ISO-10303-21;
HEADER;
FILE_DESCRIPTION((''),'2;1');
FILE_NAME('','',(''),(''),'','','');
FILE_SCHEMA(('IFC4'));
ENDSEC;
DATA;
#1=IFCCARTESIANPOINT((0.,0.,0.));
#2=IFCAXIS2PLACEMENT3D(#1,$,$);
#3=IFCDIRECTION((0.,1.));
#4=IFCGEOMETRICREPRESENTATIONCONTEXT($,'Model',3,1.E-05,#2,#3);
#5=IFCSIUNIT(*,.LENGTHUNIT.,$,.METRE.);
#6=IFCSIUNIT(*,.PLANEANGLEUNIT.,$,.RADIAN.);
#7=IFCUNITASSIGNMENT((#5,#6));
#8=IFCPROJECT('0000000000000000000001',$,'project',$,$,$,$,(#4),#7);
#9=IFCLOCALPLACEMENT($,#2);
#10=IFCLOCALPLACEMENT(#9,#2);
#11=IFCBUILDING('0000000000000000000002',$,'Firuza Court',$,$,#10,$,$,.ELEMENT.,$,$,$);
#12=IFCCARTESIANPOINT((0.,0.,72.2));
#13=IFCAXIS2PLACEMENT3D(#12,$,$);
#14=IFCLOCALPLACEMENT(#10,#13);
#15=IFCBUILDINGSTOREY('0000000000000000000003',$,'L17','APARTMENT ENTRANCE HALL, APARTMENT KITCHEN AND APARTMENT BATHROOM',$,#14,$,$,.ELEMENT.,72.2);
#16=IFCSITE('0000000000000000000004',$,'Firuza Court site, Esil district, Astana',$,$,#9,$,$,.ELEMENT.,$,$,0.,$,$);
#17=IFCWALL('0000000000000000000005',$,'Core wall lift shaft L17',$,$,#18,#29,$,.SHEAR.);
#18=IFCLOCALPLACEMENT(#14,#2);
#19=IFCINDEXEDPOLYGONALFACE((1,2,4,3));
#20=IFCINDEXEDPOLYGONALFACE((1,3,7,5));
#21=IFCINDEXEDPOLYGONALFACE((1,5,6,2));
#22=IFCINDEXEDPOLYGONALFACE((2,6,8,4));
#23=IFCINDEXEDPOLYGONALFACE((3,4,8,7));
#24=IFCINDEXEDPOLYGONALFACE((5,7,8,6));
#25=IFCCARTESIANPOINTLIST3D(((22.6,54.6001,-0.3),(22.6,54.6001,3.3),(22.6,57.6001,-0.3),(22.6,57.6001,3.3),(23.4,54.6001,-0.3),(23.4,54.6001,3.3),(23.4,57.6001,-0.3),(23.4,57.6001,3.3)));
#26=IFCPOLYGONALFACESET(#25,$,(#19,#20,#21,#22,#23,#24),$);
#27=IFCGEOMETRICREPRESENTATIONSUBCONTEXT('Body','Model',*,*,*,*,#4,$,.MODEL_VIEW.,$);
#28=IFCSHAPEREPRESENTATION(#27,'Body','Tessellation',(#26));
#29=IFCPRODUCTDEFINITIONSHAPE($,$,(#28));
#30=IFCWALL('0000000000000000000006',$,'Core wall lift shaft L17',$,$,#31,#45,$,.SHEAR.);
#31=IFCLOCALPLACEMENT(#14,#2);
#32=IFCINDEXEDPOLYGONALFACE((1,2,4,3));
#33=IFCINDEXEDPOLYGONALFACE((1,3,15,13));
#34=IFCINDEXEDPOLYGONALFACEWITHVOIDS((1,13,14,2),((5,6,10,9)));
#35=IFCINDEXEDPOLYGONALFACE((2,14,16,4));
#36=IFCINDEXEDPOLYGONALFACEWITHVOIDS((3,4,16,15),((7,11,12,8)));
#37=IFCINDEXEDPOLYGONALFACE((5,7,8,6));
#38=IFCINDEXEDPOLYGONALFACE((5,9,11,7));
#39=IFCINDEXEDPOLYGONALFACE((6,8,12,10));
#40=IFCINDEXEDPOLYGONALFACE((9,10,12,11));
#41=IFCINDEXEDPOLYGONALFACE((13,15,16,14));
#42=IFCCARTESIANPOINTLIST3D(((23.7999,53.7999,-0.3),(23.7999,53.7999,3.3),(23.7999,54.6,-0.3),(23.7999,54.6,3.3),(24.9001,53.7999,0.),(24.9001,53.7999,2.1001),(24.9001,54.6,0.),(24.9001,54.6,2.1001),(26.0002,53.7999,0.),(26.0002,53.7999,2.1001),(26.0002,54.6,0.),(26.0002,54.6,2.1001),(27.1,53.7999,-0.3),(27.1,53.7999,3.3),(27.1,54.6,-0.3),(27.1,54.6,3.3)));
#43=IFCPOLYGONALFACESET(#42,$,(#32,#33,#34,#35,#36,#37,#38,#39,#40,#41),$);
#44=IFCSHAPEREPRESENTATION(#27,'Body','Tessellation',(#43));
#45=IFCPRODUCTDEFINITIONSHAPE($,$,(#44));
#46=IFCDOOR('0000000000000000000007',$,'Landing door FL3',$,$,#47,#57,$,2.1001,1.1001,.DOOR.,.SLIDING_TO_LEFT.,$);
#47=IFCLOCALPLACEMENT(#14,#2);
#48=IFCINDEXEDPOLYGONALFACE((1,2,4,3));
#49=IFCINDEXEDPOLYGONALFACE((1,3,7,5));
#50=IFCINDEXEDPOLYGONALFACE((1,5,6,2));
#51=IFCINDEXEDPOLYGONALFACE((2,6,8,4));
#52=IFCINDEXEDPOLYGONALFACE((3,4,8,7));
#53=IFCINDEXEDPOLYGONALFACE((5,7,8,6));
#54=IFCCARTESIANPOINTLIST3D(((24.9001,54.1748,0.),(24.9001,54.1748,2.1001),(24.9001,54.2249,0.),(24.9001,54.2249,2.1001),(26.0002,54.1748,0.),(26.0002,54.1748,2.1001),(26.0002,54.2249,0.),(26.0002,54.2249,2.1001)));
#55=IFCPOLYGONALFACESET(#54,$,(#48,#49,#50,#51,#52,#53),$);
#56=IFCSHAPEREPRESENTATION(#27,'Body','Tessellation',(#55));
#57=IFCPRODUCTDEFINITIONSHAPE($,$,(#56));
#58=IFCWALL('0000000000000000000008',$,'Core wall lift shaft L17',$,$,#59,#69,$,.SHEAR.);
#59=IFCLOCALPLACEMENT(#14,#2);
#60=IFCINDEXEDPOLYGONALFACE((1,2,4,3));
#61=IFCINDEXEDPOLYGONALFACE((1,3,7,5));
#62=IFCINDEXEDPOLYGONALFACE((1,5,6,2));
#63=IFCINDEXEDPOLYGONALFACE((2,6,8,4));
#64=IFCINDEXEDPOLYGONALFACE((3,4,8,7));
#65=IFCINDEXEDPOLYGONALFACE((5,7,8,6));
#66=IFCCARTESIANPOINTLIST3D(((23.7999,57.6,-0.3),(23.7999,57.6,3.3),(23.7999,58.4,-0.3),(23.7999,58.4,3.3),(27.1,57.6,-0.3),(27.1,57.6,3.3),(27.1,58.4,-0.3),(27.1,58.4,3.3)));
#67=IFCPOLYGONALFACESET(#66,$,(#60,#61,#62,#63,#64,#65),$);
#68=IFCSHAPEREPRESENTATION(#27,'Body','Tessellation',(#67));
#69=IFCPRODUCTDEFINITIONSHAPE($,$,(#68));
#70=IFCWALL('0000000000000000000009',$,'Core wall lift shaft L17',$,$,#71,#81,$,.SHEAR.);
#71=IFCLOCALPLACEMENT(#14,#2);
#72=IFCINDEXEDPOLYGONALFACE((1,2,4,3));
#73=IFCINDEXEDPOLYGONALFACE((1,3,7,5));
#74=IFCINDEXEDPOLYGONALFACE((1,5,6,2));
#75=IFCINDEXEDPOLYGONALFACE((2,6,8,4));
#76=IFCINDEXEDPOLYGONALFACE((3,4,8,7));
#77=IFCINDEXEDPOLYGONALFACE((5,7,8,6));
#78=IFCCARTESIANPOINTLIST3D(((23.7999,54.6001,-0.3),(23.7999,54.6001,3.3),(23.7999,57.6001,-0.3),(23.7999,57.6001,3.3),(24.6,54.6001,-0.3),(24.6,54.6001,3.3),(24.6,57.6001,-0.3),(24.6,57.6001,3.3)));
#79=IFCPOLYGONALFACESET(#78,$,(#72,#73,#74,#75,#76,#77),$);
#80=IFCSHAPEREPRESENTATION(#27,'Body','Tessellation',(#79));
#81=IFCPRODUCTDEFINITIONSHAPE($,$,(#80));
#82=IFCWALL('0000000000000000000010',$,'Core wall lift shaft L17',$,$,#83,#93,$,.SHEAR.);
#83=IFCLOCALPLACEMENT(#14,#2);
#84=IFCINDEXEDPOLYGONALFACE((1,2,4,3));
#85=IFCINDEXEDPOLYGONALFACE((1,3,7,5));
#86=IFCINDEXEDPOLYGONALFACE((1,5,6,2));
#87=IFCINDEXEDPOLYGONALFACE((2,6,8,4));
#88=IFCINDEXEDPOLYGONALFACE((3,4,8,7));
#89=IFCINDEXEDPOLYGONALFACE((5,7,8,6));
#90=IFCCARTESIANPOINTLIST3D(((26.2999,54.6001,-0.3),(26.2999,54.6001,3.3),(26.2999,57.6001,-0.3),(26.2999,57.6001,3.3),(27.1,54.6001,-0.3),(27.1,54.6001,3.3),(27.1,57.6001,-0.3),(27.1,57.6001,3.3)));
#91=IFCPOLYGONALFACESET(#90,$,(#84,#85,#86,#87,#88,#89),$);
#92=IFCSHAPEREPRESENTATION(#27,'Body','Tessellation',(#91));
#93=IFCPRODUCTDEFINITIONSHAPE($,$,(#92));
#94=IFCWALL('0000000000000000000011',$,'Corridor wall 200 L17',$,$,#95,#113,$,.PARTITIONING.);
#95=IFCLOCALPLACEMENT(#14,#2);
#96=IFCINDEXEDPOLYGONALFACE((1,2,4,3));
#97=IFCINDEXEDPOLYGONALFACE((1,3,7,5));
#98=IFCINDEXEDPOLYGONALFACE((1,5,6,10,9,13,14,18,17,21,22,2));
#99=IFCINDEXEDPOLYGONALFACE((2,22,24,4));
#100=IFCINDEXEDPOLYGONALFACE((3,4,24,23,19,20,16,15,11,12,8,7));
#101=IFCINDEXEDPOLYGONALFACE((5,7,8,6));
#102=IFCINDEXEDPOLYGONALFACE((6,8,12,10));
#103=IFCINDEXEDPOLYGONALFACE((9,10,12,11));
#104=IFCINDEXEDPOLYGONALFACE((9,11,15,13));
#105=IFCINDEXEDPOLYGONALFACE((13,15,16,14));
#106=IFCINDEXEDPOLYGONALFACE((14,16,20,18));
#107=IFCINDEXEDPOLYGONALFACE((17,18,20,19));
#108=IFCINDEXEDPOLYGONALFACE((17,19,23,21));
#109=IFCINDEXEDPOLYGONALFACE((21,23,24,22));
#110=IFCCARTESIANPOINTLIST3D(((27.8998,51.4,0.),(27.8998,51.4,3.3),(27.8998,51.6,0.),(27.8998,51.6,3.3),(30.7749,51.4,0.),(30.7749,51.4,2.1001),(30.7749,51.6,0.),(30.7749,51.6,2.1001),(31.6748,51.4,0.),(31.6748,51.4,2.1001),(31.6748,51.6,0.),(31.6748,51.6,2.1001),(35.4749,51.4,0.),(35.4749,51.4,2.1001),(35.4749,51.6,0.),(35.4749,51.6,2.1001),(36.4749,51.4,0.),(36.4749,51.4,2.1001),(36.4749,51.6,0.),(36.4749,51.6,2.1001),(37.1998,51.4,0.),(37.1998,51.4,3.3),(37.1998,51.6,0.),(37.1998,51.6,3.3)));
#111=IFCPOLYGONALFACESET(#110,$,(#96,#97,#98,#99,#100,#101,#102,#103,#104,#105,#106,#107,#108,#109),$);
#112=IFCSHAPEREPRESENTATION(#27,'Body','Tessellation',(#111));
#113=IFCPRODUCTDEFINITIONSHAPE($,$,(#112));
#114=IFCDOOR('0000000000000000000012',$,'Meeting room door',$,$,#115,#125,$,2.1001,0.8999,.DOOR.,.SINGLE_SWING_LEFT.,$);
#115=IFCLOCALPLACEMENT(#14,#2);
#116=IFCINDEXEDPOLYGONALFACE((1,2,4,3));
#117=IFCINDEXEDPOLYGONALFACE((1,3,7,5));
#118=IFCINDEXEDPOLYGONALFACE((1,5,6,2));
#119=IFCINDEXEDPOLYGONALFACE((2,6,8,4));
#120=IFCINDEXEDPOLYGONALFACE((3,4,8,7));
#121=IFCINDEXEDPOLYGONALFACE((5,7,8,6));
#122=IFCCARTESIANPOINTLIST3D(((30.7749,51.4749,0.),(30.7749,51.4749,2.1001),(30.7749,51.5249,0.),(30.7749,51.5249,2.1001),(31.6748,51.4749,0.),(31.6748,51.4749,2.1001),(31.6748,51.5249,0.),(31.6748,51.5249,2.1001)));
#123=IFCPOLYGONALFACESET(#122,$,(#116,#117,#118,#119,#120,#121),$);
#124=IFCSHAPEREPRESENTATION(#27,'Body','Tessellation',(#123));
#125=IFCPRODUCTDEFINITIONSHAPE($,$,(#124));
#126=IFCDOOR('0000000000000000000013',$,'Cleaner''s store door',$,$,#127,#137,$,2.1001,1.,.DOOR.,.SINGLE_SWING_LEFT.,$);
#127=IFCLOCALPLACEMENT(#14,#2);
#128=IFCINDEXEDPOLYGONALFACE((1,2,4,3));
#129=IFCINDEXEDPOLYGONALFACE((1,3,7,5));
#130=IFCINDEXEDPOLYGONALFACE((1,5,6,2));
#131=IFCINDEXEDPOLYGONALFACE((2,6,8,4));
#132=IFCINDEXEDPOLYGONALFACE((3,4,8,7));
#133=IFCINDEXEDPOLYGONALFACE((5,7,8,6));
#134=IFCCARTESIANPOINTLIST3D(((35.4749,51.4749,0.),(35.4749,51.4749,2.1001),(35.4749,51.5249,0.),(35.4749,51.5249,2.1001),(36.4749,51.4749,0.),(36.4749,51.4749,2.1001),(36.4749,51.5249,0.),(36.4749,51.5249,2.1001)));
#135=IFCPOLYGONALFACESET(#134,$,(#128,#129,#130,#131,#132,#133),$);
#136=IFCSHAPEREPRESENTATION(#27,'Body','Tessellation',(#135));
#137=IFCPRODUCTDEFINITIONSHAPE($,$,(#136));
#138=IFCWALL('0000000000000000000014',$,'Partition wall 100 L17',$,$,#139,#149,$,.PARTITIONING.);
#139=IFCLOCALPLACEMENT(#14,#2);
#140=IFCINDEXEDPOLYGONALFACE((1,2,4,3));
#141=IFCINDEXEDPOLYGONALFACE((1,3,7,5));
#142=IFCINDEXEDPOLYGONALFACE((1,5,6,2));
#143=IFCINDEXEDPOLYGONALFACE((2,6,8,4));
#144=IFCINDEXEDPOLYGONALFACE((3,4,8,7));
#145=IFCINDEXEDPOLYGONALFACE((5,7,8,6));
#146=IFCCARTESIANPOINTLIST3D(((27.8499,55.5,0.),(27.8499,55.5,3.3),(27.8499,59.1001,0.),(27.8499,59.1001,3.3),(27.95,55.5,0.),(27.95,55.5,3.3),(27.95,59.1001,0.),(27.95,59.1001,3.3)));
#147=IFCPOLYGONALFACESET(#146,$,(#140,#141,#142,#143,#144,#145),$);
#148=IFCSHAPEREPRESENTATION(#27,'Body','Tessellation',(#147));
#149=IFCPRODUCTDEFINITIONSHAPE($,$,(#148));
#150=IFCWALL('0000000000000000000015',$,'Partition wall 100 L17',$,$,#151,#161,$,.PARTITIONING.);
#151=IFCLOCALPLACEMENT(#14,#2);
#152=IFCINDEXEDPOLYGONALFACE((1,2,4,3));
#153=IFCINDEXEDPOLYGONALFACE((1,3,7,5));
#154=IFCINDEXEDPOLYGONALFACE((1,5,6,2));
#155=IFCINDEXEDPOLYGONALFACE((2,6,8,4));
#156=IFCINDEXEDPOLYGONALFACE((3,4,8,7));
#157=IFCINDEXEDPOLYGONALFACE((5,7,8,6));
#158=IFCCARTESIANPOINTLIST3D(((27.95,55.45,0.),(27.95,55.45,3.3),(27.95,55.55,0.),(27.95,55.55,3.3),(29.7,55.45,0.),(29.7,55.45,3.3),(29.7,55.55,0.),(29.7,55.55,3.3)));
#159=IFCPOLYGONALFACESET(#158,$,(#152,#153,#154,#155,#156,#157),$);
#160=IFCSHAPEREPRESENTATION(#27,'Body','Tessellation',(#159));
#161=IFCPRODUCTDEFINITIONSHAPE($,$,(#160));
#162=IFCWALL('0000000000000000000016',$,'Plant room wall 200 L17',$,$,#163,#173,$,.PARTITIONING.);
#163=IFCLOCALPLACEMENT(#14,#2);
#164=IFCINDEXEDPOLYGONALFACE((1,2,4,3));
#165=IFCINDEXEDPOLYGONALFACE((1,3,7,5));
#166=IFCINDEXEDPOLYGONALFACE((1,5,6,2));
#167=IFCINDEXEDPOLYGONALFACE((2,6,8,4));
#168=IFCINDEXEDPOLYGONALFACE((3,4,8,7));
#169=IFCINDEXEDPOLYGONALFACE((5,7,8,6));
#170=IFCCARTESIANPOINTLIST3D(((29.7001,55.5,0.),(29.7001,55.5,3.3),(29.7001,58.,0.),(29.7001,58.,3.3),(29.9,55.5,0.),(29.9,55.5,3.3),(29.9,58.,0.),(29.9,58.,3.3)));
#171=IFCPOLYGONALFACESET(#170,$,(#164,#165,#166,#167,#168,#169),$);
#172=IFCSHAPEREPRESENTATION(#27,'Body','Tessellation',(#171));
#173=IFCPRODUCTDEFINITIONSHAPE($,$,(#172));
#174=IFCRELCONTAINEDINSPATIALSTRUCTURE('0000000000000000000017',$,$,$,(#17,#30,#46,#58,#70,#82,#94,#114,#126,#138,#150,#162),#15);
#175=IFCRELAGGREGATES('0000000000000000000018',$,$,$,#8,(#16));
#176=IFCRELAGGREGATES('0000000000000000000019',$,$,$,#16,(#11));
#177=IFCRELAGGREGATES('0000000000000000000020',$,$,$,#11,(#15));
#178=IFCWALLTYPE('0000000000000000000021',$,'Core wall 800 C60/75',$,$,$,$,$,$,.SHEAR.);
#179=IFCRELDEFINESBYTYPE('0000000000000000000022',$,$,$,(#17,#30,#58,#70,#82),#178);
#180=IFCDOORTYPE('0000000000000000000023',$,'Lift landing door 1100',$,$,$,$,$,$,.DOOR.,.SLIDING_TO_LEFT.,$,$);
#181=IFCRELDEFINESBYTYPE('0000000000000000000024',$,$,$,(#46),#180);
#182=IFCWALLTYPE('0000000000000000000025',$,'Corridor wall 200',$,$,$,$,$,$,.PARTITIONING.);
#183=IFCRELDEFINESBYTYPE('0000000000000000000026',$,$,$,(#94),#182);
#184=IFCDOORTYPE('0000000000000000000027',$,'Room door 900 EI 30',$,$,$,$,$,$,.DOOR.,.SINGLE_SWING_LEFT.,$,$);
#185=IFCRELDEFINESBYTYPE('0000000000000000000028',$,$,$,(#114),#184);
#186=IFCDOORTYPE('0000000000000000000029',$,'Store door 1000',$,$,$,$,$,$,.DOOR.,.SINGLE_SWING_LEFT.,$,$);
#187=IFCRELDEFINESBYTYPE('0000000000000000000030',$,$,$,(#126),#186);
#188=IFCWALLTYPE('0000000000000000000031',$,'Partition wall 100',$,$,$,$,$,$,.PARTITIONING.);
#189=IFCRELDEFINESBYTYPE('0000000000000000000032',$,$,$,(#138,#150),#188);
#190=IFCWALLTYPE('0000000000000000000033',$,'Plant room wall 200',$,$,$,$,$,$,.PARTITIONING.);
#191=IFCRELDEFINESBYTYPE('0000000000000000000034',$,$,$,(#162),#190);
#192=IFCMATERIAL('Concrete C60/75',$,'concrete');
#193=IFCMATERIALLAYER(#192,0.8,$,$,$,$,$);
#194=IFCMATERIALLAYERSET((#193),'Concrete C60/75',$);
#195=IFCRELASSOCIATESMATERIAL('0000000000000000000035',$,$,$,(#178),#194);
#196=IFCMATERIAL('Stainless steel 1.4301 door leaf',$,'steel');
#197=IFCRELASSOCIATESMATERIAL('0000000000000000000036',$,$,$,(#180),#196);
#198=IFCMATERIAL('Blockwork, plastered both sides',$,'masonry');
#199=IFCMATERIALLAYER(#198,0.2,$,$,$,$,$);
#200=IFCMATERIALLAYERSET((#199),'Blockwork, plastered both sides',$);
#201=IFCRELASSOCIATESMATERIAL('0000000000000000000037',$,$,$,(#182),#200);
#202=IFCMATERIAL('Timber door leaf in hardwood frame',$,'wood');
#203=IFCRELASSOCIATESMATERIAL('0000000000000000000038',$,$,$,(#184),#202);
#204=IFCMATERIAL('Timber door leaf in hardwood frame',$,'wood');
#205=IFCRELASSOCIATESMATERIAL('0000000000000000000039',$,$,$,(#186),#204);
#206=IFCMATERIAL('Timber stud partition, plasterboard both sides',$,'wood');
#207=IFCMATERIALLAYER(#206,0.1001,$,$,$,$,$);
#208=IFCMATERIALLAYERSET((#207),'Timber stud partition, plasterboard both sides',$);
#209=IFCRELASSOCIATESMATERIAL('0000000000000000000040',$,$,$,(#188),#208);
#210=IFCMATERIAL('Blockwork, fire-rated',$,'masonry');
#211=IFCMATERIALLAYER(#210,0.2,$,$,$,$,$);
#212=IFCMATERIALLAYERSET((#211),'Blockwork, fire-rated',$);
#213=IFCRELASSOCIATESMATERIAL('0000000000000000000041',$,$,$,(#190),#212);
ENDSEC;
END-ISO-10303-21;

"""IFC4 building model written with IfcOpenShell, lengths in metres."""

from ifc_helpers import new_model, si_unit, direction, frame, frame_2d, origin, place, context, subcontext, project, spatial, rectangle, extrude, material, layer, layer_set, type_object, element, fill, save


model = new_model("IFC4")

# Units and contexts
model_context = context("Model", 3, precision=1e-05, world=origin(), true_north=direction((0.0, 1.0)))
body_context = subcontext(model_context, "Body", "Model", "MODEL_VIEW")
ifc_project = project(units=[si_unit("LENGTHUNIT", "METRE"), si_unit("PLANEANGLEUNIT", "RADIAN")], contexts=[model_context])

# Site, building, storey
site_placement = place(None, origin())
site = spatial("IfcSite", under=ifc_project, at=site_placement, Name="Firuza Court site, Esil district, Astana", CompositionType="ELEMENT", RefElevation=0.0)
building_placement = place(site_placement, origin())
building = spatial("IfcBuilding", under=site, at=building_placement, Name="Firuza Court", CompositionType="ELEMENT")
storey_placement = place(building_placement, frame((0.0, 0.0, 72.2)))
storey = spatial("IfcBuildingStorey", under=building, at=storey_placement, Name="L17", Description="APARTMENT ENTRANCE HALL, APARTMENT KITCHEN AND APARTMENT BATHROOM", CompositionType="ELEMENT", Elevation=72.2)

# Wall
ifc_material_1 = material(Name="Concrete C60/75", Category="concrete")
ifc_layer_1 = layer(ifc_material_1, 0.8)
ifc_layer_set_1 = layer_set([ifc_layer_1], Name="Concrete C60/75")
wall_type_1 = type_object("IfcWallType", Name="Core wall 800 C60/75", PredefinedType="SHEAR", material=ifc_layer_set_1)
wall_1_placement = place(storey_placement, frame((23.0, 54.6001, -0.3), z_axis=(0.0, 0.0, 1.0), x_axis=(0.0, 1.0, 0.0)))
element("IfcWall", 1, at=wall_1_placement, inside=storey, type_object=wall_type_1, Name="Core wall lift shaft L17", PredefinedType="SHEAR", context=body_context, shape_type="SweptSolid", body=[
    extrude(rectangle(XDim=3.0, YDim=0.8, at=frame_2d((1.5, 0.0))), origin(), (0.0, 0.0, 1.0), 3.6001),
])

# Wall, opening, door
wall_2_placement = place(storey_placement, frame((23.8, 54.2, -0.3), z_axis=(0.0, 0.0, 1.0), x_axis=(1.0, 0.0, 0.0)))
wall_2 = element("IfcWall", 2, at=wall_2_placement, inside=storey, type_object=wall_type_1, Name="Core wall lift shaft L17", PredefinedType="SHEAR", context=body_context, shape_type="SweptSolid", body=[
    extrude(rectangle(XDim=3.3, YDim=0.8, at=frame_2d((1.6499, 0.0))), origin(), (0.0, 0.0, 1.0), 3.6001),
])
opening_1_placement = place(wall_2_placement, frame((1.1001, 0.0, 0.3)))
opening_1 = element("IfcOpeningElement", 3, at=opening_1_placement, cuts=wall_2, PredefinedType="OPENING", context=body_context, shape_type="SweptSolid", body=[
    extrude(rectangle(XDim=1.1001, YDim=2.1001, at=frame_2d((0.55, 1.05))), frame((0.0, 0.4121, 0.0), z_axis=(0.0, -1.0, 0.0), x_axis=(1.0, 0.0, 0.0)), (0.0, 0.0, 1.0), 0.824),
])
ifc_material_2 = material(Name="Stainless steel 1.4301 door leaf", Category="steel")
door_type_1 = type_object("IfcDoorType", Name="Lift landing door 1100", OperationType="SLIDING_TO_LEFT", PredefinedType="DOOR", material=ifc_material_2)
door_1_placement = place(opening_1_placement, origin())
door_1 = element("IfcDoor", 4, at=door_1_placement, inside=storey, type_object=door_type_1, Name="Landing door FL3", OperationType="SLIDING_TO_LEFT", OverallHeight=2.1001, OverallWidth=1.1001, PredefinedType="DOOR", context=body_context, shape_type="SweptSolid", body=[
    extrude(rectangle(XDim=1.1001, YDim=2.1001, at=frame_2d((0.55, 1.05))), frame((0.0, 0.0249, 0.0), z_axis=(0.0, -1.0, 0.0), x_axis=(1.0, 0.0, 0.0)), (0.0, 0.0, 1.0), 0.05),
])
fill(opening_1, door_1)

# Walls
wall_3_placement = place(storey_placement, frame((23.8, 58.0, -0.3), z_axis=(0.0, 0.0, 1.0), x_axis=(1.0, 0.0, 0.0)))
element("IfcWall", 5, at=wall_3_placement, inside=storey, type_object=wall_type_1, Name="Core wall lift shaft L17", PredefinedType="SHEAR", context=body_context, shape_type="SweptSolid", body=[
    extrude(rectangle(XDim=3.3, YDim=0.8, at=frame_2d((1.6499, 0.0))), origin(), (0.0, 0.0, 1.0), 3.6001),
])
for number, where, z_axis, x_axis, name in (
    (6, (24.2, 54.6001, -0.3), (0.0, 0.0, 1.0), (0.0, 1.0, 0.0), "Core wall lift shaft L17"),
    (7, (26.7, 54.6001, -0.3), (0.0, 0.0, 1.0), (0.0, 1.0, 0.0), "Core wall lift shaft L17"),
):
    element("IfcWall", number, at=place(storey_placement, frame(where, z_axis=z_axis, x_axis=x_axis)), inside=storey, type_object=wall_type_1, Name=name, PredefinedType="SHEAR", context=body_context, shape_type="SweptSolid", body=[
        extrude(rectangle(XDim=3.0, YDim=0.8, at=frame_2d((1.5, 0.0))), origin(), (0.0, 0.0, 1.0), 3.6001),
    ])

# Wall, openings, doors
ifc_material_3 = material(Name="Blockwork, plastered both sides", Category="masonry")
ifc_layer_2 = layer(ifc_material_3, 0.2)
ifc_layer_set_2 = layer_set([ifc_layer_2], Name="Blockwork, plastered both sides")
wall_type_2 = type_object("IfcWallType", Name="Corridor wall 200", PredefinedType="PARTITIONING", material=ifc_layer_set_2)
wall_4_placement = place(storey_placement, frame((27.8999, 51.5, 0.0), z_axis=(0.0, 0.0, 1.0), x_axis=(1.0, 0.0, 0.0)))
wall_4 = element("IfcWall", 8, at=wall_4_placement, inside=storey, type_object=wall_type_2, Name="Corridor wall 200 L17", PredefinedType="PARTITIONING", context=body_context, shape_type="SweptSolid", body=[
    extrude(rectangle(XDim=9.3, YDim=0.2, at=frame_2d((4.6499, 0.0))), origin(), (0.0, 0.0, 1.0), 3.3),
])
opening_2_placement = place(wall_4_placement, frame((2.875, 0.0, 0.0)))
opening_2 = element("IfcOpeningElement", 9, at=opening_2_placement, cuts=wall_4, PredefinedType="OPENING", context=body_context, shape_type="SweptSolid", body=[
    extrude(rectangle(XDim=0.8999, YDim=2.1001, at=frame_2d((0.45, 1.05))), frame((0.0, 0.1118, 0.0), z_axis=(0.0, -1.0, 0.0), x_axis=(1.0, 0.0, 0.0)), (0.0, 0.0, 1.0), 0.2239),
])
opening_3_placement = place(wall_4_placement, frame((7.575, 0.0, 0.0)))
opening_3 = element("IfcOpeningElement", 10, at=opening_3_placement, cuts=wall_4, PredefinedType="OPENING", context=body_context, shape_type="SweptSolid", body=[
    extrude(rectangle(XDim=1.0, YDim=2.1001, at=frame_2d((0.5, 1.05))), frame((0.0, 0.1118, 0.0), z_axis=(0.0, -1.0, 0.0), x_axis=(1.0, 0.0, 0.0)), (0.0, 0.0, 1.0), 0.2239),
])
ifc_material_4 = material(Name="Timber door leaf in hardwood frame", Category="wood")
door_type_2 = type_object("IfcDoorType", Name="Room door 900 EI 30", OperationType="SINGLE_SWING_LEFT", PredefinedType="DOOR", material=ifc_material_4)
door_2_placement = place(opening_2_placement, origin())
door_2 = element("IfcDoor", 11, at=door_2_placement, inside=storey, type_object=door_type_2, Name="Meeting room door", OperationType="SINGLE_SWING_LEFT", OverallHeight=2.1001, OverallWidth=0.8999, PredefinedType="DOOR", context=body_context, shape_type="SweptSolid", body=[
    extrude(rectangle(XDim=0.8999, YDim=2.1001, at=frame_2d((0.45, 1.05))), frame((0.0, 0.0249, 0.0), z_axis=(0.0, -1.0, 0.0), x_axis=(1.0, 0.0, 0.0)), (0.0, 0.0, 1.0), 0.05),
])
fill(opening_2, door_2)
ifc_material_5 = material(Name="Timber door leaf in hardwood frame", Category="wood")
door_type_3 = type_object("IfcDoorType", Name="Store door 1000", OperationType="SINGLE_SWING_LEFT", PredefinedType="DOOR", material=ifc_material_5)
door_3_placement = place(opening_3_placement, origin())
door_3 = element("IfcDoor", 12, at=door_3_placement, inside=storey, type_object=door_type_3, Name="Cleaner's store door", OperationType="SINGLE_SWING_LEFT", OverallHeight=2.1001, OverallWidth=1.0, PredefinedType="DOOR", context=body_context, shape_type="SweptSolid", body=[
    extrude(rectangle(XDim=1.0, YDim=2.1001, at=frame_2d((0.5, 1.05))), frame((0.0, 0.0249, 0.0), z_axis=(0.0, -1.0, 0.0), x_axis=(1.0, 0.0, 0.0)), (0.0, 0.0, 1.0), 0.05),
])
fill(opening_3, door_3)

# Walls
ifc_material_6 = material(Name="Timber stud partition, plasterboard both sides", Category="wood")
ifc_layer_3 = layer(ifc_material_6, 0.1001)
ifc_layer_set_3 = layer_set([ifc_layer_3], Name="Timber stud partition, plasterboard both sides")
wall_type_3 = type_object("IfcWallType", Name="Partition wall 100", PredefinedType="PARTITIONING", material=ifc_layer_set_3)
wall_5_placement = place(storey_placement, frame((27.8999, 55.5, 0.0), z_axis=(0.0, 0.0, 1.0), x_axis=(0.0, 1.0, 0.0)))
element("IfcWall", 13, at=wall_5_placement, inside=storey, type_object=wall_type_3, Name="Partition wall 100 L17", PredefinedType="PARTITIONING", context=body_context, shape_type="SweptSolid", body=[
    extrude(rectangle(XDim=3.6001, YDim=0.1001, at=frame_2d((1.8, 0.0))), origin(), (0.0, 0.0, 1.0), 3.3),
])
wall_6_placement = place(storey_placement, frame((27.95, 55.5, 0.0), z_axis=(0.0, 0.0, 1.0), x_axis=(1.0, 0.0, 0.0)))
element("IfcWall", 14, at=wall_6_placement, inside=storey, type_object=wall_type_3, Name="Partition wall 100 L17", PredefinedType="PARTITIONING", context=body_context, shape_type="SweptSolid", body=[
    extrude(rectangle(XDim=1.75, YDim=0.1001, at=frame_2d((0.875, 0.0))), origin(), (0.0, 0.0, 1.0), 3.3),
])
ifc_material_7 = material(Name="Blockwork, fire-rated", Category="masonry")
ifc_layer_4 = layer(ifc_material_7, 0.2)
ifc_layer_set_4 = layer_set([ifc_layer_4], Name="Blockwork, fire-rated")
wall_type_4 = type_object("IfcWallType", Name="Plant room wall 200", PredefinedType="PARTITIONING", material=ifc_layer_set_4)
wall_7_placement = place(storey_placement, frame((29.8, 55.5, 0.0), z_axis=(0.0, 0.0, 1.0), x_axis=(0.0, 1.0, 0.0)))
element("IfcWall", 15, at=wall_7_placement, inside=storey, type_object=wall_type_4, Name="Plant room wall 200 L17", PredefinedType="PARTITIONING", context=body_context, shape_type="SweptSolid", body=[
    extrude(rectangle(XDim=2.5, YDim=0.2, at=frame_2d((1.25, 0.0))), origin(), (0.0, 0.0, 1.0), 3.3),
])

save(model, "model.ifc")
